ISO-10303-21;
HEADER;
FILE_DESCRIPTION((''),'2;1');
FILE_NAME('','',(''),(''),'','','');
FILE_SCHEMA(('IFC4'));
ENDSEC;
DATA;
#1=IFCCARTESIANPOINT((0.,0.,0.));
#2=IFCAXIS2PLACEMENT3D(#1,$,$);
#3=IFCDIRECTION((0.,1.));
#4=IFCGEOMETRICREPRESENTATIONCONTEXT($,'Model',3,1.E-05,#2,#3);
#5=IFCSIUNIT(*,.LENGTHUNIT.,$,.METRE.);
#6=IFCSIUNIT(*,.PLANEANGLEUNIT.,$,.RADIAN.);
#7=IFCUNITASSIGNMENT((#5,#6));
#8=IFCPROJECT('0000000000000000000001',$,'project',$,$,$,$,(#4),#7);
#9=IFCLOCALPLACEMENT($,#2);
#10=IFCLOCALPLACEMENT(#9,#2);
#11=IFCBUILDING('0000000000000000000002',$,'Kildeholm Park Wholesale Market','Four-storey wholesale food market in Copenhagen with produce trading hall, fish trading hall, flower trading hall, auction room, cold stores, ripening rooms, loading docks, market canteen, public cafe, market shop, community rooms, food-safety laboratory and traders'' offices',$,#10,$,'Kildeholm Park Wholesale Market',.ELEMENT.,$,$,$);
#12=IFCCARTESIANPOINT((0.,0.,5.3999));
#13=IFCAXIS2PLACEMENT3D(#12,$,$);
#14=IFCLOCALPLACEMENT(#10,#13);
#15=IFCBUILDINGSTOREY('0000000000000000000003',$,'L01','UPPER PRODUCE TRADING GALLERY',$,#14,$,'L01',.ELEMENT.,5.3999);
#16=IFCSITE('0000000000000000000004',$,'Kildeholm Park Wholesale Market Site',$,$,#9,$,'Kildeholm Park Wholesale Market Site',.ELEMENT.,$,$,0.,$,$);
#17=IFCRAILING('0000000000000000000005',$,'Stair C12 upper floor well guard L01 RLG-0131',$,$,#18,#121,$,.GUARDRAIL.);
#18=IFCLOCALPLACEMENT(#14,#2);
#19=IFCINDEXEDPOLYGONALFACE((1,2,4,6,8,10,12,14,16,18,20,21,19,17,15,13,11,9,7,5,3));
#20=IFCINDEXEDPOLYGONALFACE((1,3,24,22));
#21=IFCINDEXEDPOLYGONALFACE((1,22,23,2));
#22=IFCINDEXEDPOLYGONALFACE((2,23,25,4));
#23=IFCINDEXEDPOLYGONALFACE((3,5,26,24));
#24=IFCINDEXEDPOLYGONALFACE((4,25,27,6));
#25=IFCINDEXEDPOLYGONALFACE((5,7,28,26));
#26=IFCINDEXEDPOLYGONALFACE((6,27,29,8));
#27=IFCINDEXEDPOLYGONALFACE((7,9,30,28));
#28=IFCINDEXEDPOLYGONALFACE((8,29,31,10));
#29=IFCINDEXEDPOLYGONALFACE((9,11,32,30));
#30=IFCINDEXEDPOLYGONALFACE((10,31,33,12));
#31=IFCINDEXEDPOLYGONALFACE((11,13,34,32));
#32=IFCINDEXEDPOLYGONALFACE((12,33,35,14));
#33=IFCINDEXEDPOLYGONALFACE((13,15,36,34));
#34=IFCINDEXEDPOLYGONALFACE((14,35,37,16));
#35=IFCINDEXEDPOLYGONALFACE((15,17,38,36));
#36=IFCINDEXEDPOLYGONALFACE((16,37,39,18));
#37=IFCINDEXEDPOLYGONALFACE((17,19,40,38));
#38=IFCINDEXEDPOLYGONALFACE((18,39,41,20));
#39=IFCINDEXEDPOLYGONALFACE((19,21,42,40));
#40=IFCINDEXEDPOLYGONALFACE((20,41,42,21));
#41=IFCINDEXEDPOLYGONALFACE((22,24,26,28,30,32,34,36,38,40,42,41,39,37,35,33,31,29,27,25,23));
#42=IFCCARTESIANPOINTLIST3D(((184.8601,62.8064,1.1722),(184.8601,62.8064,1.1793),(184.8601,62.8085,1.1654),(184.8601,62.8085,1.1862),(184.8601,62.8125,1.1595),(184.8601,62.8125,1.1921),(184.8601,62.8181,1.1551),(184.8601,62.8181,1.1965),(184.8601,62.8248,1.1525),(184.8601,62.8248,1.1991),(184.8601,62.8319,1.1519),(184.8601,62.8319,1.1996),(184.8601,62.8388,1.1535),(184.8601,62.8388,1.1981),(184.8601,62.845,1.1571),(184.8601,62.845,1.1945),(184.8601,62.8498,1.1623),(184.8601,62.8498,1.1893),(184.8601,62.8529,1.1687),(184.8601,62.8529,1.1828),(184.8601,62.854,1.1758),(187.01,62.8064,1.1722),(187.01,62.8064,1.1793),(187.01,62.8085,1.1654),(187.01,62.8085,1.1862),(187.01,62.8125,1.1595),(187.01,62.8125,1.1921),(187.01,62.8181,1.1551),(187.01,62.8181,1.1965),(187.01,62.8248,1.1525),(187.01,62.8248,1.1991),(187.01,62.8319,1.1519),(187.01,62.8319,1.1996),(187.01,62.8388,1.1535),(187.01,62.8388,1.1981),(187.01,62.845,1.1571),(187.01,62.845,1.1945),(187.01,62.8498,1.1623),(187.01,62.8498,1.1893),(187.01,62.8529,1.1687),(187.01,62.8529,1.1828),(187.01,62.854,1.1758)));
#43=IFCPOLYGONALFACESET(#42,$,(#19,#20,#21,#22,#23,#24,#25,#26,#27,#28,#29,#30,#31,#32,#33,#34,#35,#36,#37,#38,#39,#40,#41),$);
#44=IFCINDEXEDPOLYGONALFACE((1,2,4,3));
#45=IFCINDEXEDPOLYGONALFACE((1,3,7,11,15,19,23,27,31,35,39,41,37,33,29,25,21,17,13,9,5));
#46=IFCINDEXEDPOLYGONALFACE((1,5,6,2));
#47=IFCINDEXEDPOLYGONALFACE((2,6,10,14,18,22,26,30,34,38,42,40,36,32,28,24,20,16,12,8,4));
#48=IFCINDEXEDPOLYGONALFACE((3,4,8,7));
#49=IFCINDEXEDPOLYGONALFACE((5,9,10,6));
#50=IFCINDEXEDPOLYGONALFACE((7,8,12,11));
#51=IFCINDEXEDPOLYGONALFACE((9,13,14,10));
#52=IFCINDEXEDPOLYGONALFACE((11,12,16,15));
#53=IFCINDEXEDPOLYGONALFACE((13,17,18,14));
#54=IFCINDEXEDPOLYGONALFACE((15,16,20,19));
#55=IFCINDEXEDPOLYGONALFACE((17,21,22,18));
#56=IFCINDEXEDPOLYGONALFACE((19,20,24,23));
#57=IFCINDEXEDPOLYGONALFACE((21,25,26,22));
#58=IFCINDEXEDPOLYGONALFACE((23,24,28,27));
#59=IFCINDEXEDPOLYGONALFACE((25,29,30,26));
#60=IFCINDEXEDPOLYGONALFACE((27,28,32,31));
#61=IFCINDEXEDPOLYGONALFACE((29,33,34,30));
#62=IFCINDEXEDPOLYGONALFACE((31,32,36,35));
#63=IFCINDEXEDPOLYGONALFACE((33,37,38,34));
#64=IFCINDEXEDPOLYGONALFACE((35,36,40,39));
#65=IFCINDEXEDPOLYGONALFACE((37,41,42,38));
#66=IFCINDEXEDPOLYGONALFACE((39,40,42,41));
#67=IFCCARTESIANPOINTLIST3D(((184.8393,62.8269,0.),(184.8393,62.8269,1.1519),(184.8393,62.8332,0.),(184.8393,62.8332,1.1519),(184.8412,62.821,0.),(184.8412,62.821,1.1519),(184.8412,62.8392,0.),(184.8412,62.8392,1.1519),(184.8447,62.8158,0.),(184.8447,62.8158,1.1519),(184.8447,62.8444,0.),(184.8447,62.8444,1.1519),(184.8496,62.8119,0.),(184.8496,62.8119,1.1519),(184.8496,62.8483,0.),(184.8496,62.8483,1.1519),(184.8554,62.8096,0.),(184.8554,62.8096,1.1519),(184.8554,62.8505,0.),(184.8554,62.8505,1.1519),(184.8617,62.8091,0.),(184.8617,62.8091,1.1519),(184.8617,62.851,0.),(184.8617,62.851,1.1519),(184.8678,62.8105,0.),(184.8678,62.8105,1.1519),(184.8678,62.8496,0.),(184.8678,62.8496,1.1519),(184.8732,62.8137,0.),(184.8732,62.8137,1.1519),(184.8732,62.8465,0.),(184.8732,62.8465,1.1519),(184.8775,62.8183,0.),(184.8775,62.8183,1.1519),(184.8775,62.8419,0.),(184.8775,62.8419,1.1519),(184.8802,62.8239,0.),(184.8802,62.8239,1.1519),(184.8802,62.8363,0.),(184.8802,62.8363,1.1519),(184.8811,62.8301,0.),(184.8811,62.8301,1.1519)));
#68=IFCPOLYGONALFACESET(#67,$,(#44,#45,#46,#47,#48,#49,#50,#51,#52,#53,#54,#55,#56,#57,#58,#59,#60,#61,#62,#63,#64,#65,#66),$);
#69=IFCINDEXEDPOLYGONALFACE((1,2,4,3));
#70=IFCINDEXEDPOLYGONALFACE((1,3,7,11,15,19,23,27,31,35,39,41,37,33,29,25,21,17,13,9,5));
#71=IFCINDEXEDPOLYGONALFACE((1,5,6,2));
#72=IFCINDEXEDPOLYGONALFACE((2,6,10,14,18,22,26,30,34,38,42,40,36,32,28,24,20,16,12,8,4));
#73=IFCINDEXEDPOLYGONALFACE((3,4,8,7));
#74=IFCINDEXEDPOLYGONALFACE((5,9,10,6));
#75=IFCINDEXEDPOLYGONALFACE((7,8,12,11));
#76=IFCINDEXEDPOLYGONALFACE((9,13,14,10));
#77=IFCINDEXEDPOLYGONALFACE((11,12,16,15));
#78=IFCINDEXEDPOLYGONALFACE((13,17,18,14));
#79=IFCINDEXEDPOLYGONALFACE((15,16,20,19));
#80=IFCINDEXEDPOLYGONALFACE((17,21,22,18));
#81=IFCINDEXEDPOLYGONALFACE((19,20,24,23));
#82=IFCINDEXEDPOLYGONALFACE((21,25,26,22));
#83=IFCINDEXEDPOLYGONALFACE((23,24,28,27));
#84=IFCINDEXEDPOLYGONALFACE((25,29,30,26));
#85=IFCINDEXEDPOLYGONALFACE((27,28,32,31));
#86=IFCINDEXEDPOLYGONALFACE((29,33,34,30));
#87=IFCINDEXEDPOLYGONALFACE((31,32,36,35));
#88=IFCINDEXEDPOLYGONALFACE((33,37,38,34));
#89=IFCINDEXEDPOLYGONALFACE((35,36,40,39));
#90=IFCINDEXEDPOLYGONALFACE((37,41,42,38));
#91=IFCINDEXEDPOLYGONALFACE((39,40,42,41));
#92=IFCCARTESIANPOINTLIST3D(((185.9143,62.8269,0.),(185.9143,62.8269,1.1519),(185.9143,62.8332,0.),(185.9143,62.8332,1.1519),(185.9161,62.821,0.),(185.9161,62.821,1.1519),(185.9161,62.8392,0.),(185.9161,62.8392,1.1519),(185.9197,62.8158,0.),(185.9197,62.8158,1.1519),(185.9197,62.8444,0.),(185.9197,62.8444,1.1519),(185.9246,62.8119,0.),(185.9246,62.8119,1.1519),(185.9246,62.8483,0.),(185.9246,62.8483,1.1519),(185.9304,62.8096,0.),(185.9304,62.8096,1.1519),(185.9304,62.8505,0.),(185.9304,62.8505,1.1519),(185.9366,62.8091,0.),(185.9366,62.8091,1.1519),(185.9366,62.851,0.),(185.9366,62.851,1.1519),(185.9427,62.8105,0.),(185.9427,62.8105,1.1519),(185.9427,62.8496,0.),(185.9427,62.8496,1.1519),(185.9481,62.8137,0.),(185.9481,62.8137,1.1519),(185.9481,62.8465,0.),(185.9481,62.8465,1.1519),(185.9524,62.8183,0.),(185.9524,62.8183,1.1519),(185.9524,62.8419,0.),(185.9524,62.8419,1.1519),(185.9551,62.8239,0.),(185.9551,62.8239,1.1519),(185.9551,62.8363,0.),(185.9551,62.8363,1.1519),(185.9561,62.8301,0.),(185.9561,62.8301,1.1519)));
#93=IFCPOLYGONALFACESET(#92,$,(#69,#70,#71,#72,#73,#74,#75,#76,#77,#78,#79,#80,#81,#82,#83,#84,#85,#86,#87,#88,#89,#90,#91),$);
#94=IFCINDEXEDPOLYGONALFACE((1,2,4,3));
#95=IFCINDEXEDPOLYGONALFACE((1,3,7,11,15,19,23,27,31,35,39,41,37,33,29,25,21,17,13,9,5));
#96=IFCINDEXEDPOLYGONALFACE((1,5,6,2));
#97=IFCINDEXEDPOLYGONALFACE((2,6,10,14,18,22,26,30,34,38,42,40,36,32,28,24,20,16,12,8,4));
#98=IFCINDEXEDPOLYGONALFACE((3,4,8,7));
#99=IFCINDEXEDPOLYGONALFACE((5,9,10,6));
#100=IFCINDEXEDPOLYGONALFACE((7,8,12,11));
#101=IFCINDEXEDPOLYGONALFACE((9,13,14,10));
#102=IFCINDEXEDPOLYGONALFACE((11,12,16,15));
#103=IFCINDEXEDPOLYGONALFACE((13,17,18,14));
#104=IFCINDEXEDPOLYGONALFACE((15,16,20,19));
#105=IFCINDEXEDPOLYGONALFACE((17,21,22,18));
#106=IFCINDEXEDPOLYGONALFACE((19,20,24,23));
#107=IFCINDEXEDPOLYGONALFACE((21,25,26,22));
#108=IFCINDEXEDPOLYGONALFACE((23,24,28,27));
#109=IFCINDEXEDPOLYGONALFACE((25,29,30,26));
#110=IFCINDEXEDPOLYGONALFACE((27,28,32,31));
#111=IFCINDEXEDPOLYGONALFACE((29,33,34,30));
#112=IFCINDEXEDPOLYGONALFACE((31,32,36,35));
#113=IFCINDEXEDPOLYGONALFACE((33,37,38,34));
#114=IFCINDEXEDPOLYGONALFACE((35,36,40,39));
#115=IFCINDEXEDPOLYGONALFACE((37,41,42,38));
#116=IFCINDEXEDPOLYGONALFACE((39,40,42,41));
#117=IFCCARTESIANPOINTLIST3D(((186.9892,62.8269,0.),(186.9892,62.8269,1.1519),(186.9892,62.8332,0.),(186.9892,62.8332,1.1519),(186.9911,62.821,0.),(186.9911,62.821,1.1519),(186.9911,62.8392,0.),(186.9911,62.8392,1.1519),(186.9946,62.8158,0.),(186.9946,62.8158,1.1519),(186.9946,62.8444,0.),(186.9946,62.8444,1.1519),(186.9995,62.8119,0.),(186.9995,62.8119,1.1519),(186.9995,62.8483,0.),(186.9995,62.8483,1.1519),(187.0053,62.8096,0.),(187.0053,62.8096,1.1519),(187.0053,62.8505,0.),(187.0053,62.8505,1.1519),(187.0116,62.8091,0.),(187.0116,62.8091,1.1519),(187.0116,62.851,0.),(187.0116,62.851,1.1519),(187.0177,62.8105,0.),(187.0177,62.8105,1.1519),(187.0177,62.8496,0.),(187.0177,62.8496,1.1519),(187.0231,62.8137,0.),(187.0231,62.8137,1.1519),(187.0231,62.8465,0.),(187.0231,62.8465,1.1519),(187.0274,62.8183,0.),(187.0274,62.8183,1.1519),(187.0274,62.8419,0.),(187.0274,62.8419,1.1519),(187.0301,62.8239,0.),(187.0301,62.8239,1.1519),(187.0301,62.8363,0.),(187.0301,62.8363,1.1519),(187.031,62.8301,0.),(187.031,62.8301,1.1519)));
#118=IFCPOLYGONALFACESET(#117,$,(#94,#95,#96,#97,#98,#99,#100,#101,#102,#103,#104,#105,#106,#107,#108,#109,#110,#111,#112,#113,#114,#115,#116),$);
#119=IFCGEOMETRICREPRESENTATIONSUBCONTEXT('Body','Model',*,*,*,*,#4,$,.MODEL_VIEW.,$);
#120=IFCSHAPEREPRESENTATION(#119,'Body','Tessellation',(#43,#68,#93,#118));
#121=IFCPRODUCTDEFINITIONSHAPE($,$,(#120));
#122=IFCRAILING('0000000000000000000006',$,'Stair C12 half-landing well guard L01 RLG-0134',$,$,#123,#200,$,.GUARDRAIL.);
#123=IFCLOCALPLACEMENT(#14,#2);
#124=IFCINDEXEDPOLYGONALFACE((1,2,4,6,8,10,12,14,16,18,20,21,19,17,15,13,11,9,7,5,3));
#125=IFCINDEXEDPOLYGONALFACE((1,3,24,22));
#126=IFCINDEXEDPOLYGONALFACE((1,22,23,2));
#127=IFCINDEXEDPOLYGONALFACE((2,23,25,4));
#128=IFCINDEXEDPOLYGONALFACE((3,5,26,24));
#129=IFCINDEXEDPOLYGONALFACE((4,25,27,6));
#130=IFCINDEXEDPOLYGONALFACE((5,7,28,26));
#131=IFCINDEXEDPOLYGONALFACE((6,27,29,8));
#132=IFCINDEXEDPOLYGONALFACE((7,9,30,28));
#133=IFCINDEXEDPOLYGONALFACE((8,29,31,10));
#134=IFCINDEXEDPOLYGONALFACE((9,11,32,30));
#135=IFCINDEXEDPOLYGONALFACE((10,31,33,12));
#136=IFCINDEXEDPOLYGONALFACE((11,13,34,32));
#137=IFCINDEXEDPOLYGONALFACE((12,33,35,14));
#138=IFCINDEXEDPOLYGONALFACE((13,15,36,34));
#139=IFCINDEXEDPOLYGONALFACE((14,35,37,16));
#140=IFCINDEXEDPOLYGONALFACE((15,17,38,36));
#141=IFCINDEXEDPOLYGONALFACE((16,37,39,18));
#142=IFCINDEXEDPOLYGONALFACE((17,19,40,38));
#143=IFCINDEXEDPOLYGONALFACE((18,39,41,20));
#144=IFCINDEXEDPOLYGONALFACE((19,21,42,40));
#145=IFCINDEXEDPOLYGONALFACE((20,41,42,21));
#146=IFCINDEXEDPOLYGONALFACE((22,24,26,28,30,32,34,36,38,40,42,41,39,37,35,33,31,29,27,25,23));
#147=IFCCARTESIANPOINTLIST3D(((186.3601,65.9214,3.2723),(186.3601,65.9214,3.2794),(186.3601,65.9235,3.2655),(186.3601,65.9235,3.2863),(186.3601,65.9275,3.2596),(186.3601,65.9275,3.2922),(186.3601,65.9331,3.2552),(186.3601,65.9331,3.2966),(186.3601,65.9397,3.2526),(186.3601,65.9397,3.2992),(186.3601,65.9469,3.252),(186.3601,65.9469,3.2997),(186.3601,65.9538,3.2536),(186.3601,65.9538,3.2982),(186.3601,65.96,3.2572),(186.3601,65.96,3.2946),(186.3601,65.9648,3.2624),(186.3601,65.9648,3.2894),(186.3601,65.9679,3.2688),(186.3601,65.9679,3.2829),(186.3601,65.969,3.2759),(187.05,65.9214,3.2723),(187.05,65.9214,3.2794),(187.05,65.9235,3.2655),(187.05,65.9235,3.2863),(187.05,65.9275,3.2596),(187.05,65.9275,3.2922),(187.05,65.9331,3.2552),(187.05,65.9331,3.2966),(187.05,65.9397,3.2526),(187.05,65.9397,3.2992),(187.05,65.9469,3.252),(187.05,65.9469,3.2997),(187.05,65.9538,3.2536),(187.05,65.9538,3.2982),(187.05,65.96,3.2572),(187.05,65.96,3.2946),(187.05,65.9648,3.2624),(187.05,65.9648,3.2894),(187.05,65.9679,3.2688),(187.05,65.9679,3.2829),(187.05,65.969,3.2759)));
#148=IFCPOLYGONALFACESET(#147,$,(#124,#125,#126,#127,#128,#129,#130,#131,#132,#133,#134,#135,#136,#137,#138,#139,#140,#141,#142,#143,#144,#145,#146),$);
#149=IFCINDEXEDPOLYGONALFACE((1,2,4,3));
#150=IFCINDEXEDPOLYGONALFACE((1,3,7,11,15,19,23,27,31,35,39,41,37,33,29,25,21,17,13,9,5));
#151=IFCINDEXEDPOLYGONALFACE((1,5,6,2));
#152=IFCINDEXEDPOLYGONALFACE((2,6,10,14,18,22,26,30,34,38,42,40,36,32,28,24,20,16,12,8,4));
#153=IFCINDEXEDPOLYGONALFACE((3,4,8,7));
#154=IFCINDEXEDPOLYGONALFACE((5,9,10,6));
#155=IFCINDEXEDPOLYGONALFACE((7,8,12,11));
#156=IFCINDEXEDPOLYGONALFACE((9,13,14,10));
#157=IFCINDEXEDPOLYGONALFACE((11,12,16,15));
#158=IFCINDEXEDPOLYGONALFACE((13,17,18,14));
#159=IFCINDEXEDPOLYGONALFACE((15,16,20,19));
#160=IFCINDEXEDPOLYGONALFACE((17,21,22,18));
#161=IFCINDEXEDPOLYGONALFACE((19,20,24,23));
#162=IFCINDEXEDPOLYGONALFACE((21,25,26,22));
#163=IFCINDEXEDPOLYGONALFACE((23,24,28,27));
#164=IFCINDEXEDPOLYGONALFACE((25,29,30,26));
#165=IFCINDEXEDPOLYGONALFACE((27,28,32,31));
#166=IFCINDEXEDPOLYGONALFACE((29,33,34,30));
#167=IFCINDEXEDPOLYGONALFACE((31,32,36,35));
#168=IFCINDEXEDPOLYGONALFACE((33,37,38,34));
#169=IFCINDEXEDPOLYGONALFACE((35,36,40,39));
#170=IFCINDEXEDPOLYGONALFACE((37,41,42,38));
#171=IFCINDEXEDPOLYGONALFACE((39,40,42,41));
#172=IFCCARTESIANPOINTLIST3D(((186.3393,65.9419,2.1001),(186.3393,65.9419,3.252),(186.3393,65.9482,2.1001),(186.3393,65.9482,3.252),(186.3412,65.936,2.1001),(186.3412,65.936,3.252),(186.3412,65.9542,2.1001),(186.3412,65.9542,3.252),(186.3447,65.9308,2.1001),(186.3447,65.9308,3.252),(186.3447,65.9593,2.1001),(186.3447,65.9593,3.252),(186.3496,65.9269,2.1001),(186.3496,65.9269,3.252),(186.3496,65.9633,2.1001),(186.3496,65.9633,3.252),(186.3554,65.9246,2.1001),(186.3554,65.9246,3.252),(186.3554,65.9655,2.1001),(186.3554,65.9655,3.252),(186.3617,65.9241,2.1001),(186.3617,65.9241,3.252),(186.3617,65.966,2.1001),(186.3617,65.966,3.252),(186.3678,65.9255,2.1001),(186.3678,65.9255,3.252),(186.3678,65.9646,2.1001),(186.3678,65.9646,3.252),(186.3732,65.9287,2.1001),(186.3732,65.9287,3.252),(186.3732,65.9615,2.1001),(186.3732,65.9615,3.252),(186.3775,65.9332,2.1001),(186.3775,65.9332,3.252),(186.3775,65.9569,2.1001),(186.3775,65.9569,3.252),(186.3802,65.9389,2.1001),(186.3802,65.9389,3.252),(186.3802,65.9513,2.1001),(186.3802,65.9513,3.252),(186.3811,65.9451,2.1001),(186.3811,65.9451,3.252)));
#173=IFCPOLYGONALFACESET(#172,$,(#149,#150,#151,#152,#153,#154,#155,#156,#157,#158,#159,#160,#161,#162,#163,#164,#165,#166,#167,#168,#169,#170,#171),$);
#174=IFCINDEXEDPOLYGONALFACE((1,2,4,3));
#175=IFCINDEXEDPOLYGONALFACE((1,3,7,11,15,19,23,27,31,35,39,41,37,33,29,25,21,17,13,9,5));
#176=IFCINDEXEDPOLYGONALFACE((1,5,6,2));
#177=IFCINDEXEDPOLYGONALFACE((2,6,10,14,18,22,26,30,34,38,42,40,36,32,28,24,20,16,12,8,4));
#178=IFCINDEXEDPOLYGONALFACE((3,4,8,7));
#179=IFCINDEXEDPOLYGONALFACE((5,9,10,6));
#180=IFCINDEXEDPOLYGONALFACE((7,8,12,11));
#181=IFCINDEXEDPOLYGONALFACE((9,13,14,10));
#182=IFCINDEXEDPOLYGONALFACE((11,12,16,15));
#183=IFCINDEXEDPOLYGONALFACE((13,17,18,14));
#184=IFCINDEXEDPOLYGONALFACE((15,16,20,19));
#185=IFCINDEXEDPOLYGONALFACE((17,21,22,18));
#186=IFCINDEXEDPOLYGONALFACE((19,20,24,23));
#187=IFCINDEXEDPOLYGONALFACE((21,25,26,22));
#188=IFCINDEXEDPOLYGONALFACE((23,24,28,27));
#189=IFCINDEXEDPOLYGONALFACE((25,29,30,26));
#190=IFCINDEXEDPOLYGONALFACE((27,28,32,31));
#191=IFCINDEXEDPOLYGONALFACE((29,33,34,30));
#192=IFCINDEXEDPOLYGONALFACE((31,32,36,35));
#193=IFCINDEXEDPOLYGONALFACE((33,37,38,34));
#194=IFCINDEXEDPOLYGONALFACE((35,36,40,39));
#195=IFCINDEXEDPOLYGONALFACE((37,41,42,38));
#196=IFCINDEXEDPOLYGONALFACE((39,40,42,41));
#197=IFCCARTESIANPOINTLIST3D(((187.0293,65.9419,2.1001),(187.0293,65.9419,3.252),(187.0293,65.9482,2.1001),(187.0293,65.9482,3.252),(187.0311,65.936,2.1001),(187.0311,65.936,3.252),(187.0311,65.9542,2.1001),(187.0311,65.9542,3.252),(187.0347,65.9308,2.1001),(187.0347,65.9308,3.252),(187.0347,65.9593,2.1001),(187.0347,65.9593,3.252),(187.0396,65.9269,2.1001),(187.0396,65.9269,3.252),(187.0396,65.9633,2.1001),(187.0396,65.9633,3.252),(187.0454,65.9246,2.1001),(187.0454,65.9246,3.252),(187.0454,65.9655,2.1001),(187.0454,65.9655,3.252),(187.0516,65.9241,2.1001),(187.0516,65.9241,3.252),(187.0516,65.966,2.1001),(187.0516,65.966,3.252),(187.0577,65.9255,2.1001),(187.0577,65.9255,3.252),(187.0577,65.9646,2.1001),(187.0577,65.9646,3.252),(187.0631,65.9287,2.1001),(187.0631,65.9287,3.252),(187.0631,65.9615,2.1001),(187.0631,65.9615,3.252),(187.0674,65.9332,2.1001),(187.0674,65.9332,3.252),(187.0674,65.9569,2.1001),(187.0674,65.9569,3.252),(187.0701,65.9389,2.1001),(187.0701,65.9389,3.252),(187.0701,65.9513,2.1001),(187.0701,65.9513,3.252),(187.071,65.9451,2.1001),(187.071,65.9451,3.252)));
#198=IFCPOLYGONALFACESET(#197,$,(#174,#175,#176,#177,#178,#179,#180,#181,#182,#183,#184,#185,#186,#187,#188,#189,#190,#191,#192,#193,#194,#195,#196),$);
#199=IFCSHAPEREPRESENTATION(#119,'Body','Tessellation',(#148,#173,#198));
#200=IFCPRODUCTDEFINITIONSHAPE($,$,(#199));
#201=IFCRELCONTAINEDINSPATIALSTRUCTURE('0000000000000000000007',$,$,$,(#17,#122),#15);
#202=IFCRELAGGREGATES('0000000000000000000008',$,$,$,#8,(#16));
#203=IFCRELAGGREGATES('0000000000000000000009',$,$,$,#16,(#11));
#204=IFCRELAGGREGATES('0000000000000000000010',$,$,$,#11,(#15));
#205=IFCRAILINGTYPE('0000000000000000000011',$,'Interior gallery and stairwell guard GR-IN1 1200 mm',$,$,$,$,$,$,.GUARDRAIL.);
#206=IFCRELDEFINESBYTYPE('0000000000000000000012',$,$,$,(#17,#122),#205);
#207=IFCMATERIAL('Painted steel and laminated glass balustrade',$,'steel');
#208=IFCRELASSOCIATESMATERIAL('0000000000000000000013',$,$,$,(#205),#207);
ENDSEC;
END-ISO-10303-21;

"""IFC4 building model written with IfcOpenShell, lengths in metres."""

from ifc_helpers import new_model, si_unit, direction, frame, origin, origin_2d, place, context, subcontext, project, spatial, circle, extrude, material, type_object, element, save


model = new_model("IFC4")

# Units and contexts
model_context = context("Model", 3, precision=1e-05, world=origin(), true_north=direction((0.0, 1.0)))
body_context = subcontext(model_context, "Body", "Model", "MODEL_VIEW")
ifc_project = project(units=[si_unit("LENGTHUNIT", "METRE"), si_unit("PLANEANGLEUNIT", "RADIAN")], contexts=[model_context])

# Site, building, storey
site_placement = place(None, origin())
site = spatial("IfcSite", under=ifc_project, at=site_placement, Name="Kildeholm Park Wholesale Market Site", LongName="Kildeholm Park Wholesale Market Site", CompositionType="ELEMENT", RefElevation=0.0)
building_placement = place(site_placement, origin())
building = spatial("IfcBuilding", under=site, at=building_placement, Name="Kildeholm Park Wholesale Market", Description="Four-storey wholesale food market in Copenhagen with produce trading hall, fish trading hall, flower trading hall, auction room, cold stores, ripening rooms, loading docks, market canteen, public cafe, market shop, community rooms, food-safety laboratory and traders' offices", LongName="Kildeholm Park Wholesale Market", CompositionType="ELEMENT")
storey_placement = place(building_placement, frame((0.0, 0.0, 5.3999)))
storey = spatial("IfcBuildingStorey", under=building, at=storey_placement, Name="L01", Description="UPPER PRODUCE TRADING GALLERY", LongName="L01", CompositionType="ELEMENT", Elevation=5.3999)

# Railings
ifc_material_1 = material(Name="Painted steel and laminated glass balustrade", Category="steel")
railing_type_1 = type_object("IfcRailingType", Name="Interior gallery and stairwell guard GR-IN1 1200 mm", PredefinedType="GUARDRAIL", material=ifc_material_1)
railing_1_placement = place(storey_placement, frame((184.8601, 62.8301, 0.0)))
element("IfcRailing", 1, at=railing_1_placement, inside=storey, type_object=railing_type_1, Name="Stair C12 upper floor well guard L01 RLG-0131", PredefinedType="GUARDRAIL", context=body_context, shape_type="SweptSolid", body=[
    extrude(circle(Radius=0.0239, at=origin_2d()), frame((0.0, 0.0, 1.1758), z_axis=(1.0, 0.0, 0.0), x_axis=(0.0, 1.0, 0.0)), (0.0, 0.0, 1.0), 2.1499),
    extrude(circle(Radius=0.021, at=origin_2d()), origin(), (0.0, 0.0, 1.0), 1.1519),
    extrude(circle(Radius=0.021, at=origin_2d()), frame((1.075, 0.0, 0.0)), (0.0, 0.0, 1.0), 1.1519),
    extrude(circle(Radius=0.021, at=origin_2d()), frame((2.1499, 0.0, 0.0)), (0.0, 0.0, 1.0), 1.1519),
])
railing_2_placement = place(storey_placement, frame((186.3601, 65.9451, 2.1001)))
element("IfcRailing", 2, at=railing_2_placement, inside=storey, type_object=railing_type_1, Name="Stair C12 half-landing well guard L01 RLG-0134", PredefinedType="GUARDRAIL", context=body_context, shape_type="SweptSolid", body=[
    extrude(circle(Radius=0.0239, at=origin_2d()), frame((0.0, 0.0, 1.1758), z_axis=(1.0, 0.0, 0.0), x_axis=(0.0, 1.0, 0.0)), (0.0, 0.0, 1.0), 0.6899),
    extrude(circle(Radius=0.021, at=origin_2d()), origin(), (0.0, 0.0, 1.0), 1.1519),
    extrude(circle(Radius=0.021, at=origin_2d()), frame((0.6899, 0.0, 0.0)), (0.0, 0.0, 1.0), 1.1519),
])

save(model, "model.ifc")
